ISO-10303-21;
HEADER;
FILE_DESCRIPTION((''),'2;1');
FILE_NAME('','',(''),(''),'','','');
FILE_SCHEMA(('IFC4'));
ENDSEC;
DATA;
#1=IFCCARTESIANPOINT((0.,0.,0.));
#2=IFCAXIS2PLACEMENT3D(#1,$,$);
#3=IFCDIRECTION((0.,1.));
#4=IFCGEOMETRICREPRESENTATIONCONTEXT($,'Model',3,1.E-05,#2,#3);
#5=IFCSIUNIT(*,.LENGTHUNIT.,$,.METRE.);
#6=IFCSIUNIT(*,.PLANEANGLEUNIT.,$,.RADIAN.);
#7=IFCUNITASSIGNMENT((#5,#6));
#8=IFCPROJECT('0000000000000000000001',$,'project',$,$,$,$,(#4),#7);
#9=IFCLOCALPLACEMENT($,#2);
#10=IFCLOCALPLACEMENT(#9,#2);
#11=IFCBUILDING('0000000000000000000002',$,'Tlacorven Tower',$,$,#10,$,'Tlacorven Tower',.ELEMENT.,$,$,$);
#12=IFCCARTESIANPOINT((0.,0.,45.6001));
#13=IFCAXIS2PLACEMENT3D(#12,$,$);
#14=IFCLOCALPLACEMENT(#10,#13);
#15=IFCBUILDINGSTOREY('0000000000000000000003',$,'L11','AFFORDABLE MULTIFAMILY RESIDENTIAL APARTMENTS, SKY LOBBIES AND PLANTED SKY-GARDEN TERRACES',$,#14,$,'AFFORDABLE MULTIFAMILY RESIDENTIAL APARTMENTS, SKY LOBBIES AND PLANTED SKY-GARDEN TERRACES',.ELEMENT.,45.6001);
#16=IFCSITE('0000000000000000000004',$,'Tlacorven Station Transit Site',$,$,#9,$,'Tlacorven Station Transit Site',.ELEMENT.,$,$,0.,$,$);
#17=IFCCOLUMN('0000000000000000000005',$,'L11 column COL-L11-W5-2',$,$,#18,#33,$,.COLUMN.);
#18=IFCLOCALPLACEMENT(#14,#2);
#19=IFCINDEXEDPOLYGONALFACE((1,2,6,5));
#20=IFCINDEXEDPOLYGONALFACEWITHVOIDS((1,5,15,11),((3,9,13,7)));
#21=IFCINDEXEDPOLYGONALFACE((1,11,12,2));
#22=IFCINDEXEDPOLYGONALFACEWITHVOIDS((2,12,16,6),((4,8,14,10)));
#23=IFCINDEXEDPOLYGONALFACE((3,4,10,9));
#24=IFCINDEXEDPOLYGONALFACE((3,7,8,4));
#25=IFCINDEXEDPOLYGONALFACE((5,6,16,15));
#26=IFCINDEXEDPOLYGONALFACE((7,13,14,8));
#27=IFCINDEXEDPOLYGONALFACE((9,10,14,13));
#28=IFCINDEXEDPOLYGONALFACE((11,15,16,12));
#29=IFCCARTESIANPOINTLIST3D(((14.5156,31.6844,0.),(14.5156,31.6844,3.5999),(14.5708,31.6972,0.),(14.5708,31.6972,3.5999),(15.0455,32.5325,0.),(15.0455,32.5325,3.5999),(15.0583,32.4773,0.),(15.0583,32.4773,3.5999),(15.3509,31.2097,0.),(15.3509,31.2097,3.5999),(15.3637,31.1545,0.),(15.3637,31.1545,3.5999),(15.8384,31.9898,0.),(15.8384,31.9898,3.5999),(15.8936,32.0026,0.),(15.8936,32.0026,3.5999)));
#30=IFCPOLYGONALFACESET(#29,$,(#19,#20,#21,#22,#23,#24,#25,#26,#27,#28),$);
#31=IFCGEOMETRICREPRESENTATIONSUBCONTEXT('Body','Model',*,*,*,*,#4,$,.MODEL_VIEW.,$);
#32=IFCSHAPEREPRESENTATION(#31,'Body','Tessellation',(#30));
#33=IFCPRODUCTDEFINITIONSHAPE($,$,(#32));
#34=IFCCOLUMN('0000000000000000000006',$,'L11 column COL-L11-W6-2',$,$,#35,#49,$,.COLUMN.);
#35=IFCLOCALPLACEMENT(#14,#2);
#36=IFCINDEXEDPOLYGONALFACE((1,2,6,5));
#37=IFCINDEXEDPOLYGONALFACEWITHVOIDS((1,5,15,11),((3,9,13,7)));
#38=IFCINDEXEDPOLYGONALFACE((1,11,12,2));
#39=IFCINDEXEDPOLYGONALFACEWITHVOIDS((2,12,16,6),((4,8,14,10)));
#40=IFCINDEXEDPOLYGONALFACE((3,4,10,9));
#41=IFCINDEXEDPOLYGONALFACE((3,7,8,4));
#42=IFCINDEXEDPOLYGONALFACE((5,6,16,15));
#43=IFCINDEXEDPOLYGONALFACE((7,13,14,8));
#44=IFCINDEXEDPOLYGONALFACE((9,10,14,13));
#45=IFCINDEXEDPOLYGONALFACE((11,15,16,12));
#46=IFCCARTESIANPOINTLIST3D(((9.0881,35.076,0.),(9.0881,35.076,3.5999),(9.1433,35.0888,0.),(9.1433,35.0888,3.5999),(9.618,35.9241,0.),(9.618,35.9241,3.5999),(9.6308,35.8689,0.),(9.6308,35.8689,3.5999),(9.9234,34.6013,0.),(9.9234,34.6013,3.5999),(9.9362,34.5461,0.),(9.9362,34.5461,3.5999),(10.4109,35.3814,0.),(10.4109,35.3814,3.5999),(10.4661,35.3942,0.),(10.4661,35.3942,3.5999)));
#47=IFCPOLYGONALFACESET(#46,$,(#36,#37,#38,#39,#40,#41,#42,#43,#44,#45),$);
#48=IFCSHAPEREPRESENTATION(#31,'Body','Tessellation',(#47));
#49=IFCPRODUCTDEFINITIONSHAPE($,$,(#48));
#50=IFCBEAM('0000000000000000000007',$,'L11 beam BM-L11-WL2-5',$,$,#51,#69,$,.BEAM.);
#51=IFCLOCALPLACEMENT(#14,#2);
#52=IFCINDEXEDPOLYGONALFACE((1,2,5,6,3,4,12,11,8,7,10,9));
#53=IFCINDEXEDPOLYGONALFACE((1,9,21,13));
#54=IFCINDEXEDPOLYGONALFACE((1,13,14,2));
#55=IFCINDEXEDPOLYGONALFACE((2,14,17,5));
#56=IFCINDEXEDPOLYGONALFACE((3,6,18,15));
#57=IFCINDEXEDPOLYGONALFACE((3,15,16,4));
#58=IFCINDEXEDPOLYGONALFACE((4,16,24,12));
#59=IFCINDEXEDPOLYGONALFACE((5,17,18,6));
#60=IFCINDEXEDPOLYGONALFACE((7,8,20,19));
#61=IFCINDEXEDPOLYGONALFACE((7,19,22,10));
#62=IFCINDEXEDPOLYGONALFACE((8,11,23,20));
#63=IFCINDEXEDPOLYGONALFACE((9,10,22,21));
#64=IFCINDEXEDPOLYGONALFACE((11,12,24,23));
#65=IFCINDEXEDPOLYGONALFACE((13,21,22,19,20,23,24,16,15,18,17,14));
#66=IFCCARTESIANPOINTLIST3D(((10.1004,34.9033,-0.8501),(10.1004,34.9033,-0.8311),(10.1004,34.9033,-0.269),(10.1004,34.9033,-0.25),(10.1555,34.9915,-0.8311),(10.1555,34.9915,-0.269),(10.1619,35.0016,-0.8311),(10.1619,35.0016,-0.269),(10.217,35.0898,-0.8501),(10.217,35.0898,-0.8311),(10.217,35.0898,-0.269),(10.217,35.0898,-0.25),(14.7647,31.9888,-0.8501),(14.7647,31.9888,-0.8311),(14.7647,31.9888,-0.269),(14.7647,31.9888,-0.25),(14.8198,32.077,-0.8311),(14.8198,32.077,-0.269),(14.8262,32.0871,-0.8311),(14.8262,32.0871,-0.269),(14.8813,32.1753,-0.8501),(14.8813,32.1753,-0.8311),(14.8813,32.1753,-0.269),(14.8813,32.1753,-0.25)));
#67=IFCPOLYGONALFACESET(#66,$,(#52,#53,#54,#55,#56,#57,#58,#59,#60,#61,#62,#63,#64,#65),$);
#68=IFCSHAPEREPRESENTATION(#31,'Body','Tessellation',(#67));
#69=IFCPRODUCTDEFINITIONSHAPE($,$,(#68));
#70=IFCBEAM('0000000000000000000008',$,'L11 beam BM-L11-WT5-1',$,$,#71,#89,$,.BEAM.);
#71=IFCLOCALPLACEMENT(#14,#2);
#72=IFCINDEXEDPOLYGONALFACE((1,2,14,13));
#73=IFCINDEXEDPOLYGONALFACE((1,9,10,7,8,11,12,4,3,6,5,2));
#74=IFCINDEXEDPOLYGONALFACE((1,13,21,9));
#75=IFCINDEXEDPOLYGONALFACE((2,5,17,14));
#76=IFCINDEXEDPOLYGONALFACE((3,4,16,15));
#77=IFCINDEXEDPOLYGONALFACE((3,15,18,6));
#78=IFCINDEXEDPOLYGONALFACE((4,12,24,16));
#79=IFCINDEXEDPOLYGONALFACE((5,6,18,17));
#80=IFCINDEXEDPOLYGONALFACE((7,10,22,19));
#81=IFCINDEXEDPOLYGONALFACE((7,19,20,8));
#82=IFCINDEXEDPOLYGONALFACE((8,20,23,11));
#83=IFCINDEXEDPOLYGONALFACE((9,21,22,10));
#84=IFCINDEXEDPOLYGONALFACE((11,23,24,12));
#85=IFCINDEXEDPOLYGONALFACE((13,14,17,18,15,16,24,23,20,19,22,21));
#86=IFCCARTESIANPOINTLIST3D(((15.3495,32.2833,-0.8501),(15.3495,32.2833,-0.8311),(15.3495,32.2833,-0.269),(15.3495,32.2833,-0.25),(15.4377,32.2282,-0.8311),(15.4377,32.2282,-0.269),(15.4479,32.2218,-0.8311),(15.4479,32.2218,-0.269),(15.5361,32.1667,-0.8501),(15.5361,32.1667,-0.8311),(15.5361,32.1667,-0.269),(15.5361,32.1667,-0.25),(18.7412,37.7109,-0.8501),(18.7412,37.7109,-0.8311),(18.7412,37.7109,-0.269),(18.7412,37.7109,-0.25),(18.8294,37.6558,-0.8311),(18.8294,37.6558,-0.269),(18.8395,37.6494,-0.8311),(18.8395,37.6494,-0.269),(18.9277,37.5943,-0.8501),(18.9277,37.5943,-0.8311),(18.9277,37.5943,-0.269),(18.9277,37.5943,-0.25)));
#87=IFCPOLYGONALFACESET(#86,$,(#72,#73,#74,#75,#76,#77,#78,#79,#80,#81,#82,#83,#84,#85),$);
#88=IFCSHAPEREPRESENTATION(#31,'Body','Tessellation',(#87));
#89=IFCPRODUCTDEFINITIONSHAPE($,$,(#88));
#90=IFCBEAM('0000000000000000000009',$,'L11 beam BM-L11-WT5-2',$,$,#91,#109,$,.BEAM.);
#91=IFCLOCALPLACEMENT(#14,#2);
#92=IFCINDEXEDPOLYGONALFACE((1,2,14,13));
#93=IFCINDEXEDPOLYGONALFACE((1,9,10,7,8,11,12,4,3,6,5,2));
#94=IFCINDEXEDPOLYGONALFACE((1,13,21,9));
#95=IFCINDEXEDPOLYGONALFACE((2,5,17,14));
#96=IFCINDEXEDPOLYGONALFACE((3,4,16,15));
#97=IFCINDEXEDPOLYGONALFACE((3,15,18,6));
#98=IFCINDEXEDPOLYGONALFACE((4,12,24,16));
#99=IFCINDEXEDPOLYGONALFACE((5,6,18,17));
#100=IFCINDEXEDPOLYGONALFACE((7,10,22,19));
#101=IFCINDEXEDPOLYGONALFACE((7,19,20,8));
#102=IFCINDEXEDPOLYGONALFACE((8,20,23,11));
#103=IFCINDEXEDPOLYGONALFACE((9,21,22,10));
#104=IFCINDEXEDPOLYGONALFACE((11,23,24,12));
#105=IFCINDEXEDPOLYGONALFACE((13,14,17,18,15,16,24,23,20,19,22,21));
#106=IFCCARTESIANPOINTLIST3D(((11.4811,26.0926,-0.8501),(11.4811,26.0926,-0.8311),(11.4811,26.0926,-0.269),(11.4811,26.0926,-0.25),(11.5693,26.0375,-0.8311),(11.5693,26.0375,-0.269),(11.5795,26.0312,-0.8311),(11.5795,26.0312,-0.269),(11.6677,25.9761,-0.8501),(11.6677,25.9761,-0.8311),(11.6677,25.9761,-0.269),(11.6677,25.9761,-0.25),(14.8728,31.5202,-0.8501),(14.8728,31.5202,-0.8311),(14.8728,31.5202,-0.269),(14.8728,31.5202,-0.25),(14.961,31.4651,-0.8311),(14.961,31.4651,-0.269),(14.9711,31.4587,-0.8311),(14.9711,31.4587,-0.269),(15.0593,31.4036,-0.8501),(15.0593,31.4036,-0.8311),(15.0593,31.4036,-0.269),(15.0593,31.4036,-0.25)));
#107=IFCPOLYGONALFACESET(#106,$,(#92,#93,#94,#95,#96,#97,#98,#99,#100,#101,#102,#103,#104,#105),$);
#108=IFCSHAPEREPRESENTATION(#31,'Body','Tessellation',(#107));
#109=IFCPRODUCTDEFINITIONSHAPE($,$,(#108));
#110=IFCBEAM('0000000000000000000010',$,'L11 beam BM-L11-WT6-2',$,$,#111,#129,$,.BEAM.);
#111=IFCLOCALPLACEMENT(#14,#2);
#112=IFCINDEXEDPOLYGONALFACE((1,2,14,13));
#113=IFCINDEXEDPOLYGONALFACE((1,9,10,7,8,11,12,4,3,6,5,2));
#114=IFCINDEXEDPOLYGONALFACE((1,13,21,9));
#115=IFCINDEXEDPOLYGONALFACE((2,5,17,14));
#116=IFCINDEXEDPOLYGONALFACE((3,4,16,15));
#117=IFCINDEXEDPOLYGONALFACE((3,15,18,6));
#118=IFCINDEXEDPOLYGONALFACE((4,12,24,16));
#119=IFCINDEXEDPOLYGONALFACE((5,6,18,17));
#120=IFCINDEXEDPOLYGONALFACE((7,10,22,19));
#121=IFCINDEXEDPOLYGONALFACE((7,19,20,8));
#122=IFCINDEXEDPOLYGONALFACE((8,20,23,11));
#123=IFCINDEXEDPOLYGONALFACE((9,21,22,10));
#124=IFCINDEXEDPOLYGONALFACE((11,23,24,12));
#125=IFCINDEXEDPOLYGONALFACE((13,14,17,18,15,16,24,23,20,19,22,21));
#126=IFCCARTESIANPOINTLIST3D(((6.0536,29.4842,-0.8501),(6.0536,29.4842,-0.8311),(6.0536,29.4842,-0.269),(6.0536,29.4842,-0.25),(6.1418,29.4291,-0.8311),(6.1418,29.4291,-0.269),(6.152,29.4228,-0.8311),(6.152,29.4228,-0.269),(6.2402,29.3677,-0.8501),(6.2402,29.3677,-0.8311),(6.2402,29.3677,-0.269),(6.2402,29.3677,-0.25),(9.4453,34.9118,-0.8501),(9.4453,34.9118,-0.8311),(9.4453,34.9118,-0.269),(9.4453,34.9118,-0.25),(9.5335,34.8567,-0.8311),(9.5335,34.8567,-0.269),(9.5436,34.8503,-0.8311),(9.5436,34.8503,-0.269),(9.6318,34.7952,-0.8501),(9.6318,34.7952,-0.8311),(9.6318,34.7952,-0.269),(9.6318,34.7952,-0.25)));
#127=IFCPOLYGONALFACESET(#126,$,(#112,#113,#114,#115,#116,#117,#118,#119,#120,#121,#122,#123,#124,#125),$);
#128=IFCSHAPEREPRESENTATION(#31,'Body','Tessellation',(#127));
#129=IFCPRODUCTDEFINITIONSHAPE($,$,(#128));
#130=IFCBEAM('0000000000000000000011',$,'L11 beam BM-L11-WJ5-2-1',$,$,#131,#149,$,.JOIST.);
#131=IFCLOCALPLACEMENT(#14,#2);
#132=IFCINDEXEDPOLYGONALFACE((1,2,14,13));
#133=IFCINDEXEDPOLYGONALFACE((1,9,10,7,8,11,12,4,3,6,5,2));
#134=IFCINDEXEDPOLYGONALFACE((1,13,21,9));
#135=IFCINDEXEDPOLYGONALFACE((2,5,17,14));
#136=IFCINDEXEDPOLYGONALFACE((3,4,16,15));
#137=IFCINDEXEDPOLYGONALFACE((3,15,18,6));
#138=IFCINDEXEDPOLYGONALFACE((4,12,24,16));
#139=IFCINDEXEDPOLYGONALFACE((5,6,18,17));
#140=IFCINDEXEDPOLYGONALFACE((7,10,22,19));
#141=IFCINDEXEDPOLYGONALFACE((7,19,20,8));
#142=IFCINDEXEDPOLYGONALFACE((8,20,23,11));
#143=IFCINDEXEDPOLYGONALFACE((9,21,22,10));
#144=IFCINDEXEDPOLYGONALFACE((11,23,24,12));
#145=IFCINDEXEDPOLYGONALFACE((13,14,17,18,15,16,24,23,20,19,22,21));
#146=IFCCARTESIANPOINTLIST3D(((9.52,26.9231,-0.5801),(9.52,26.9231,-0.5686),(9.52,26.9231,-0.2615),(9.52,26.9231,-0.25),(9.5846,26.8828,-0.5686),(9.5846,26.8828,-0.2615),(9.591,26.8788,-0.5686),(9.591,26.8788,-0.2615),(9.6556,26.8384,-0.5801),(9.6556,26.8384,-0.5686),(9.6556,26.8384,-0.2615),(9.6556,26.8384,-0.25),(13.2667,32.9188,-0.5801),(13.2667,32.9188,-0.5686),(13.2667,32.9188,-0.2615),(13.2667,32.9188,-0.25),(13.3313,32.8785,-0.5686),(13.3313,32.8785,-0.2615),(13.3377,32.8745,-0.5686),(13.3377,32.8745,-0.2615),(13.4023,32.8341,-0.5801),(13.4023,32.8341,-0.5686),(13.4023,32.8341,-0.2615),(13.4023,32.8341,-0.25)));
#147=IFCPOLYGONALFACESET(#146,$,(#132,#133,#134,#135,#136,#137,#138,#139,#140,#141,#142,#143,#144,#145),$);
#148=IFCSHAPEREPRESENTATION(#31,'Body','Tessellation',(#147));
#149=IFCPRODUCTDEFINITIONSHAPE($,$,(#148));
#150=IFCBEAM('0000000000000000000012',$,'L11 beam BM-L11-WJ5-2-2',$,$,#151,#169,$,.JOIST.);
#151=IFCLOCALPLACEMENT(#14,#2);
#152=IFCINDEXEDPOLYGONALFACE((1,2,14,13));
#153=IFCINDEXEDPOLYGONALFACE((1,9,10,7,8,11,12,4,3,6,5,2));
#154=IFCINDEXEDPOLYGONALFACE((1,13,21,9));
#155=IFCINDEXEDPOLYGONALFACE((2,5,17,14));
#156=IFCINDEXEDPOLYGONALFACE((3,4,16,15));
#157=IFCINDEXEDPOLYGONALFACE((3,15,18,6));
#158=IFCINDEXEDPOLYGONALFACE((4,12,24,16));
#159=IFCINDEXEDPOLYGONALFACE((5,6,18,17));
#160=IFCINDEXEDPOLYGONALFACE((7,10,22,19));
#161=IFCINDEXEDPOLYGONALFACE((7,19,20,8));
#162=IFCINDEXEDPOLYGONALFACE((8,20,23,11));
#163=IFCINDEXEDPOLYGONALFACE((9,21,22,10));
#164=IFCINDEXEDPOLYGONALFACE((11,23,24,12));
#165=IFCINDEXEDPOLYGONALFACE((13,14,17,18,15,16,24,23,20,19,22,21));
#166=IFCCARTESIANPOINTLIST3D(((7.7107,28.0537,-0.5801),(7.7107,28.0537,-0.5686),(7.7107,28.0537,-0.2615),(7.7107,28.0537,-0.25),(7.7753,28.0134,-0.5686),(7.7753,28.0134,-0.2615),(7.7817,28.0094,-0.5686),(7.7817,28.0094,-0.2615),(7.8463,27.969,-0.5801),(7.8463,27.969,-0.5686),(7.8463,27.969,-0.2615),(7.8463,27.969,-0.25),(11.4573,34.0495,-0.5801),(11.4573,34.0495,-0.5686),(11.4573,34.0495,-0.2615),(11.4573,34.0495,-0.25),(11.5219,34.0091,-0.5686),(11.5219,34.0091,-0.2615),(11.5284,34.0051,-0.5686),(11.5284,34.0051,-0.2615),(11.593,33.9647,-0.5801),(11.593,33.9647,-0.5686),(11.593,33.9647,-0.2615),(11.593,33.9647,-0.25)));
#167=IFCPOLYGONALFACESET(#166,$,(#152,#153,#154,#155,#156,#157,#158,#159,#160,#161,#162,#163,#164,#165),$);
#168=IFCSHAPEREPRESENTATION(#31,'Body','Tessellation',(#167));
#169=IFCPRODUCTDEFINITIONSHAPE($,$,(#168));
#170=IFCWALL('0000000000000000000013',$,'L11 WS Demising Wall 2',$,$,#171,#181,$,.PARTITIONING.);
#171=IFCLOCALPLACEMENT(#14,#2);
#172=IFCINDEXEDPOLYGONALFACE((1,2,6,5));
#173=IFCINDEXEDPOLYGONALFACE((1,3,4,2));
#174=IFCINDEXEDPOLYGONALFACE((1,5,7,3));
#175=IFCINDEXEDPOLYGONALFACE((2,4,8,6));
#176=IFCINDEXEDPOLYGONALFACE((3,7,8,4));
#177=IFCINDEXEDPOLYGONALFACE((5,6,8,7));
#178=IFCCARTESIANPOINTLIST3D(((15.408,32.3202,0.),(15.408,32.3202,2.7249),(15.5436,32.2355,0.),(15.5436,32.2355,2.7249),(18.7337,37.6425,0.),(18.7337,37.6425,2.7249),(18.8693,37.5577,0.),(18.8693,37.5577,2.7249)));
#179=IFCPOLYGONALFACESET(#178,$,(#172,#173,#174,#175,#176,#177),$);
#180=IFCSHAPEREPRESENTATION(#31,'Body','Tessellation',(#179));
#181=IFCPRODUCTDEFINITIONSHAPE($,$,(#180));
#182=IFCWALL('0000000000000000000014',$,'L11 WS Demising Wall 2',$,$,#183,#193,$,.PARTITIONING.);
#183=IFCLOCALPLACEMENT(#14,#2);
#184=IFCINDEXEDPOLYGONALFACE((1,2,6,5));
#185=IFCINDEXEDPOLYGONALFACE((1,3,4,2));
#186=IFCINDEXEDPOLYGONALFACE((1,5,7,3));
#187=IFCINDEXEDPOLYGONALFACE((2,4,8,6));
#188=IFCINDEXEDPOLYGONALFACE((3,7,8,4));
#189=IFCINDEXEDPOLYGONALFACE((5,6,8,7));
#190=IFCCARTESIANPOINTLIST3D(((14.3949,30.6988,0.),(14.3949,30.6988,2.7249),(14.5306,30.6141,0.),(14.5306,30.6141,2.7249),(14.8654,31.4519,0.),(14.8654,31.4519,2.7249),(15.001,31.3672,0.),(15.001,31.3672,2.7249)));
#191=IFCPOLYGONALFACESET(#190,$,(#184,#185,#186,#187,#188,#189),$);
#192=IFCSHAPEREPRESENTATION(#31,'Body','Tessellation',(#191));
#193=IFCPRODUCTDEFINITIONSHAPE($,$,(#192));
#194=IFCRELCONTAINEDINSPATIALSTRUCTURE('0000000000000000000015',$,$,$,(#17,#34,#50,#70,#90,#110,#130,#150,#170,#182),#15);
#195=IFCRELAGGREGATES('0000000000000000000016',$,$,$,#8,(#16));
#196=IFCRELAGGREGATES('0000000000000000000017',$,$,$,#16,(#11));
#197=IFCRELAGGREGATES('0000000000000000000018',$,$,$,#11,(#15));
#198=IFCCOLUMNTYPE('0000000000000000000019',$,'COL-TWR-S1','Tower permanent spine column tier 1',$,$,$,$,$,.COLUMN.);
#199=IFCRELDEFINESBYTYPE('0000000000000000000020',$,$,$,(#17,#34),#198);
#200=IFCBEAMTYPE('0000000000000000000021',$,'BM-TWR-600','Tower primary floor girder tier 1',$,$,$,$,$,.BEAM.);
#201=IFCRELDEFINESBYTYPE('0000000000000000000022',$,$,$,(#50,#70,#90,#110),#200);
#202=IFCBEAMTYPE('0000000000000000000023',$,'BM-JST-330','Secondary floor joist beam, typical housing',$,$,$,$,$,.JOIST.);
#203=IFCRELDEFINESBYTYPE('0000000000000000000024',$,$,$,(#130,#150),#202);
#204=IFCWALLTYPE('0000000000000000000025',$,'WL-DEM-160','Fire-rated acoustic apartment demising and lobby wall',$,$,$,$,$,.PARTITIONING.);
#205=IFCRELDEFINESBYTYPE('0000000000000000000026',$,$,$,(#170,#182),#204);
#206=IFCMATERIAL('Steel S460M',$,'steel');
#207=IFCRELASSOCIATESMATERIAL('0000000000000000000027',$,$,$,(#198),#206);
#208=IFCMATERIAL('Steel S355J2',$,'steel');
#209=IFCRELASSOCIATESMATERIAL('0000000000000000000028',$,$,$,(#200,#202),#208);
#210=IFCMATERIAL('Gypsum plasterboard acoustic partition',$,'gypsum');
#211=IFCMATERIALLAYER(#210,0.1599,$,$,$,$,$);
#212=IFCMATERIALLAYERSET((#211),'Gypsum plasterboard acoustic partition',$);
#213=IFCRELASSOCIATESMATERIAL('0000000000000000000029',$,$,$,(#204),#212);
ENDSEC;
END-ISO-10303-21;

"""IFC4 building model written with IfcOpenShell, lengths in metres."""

from ifc_helpers import new_model, si_unit, direction, frame, frame_2d, origin, origin_2d, place, context, subcontext, project, spatial, rectangle, hollow_rectangle, i_section, extrude, source, transform, mapped, material, layer, layer_set, material_profile, profile_set, type_object, element, save


model = new_model("IFC4")

# Units and contexts
model_context = context("Model", 3, precision=1e-05, world=origin(), true_north=direction((0.0, 1.0)))
body_context = subcontext(model_context, "Body", "Model", "MODEL_VIEW")
ifc_project = project(units=[si_unit("LENGTHUNIT", "METRE"), si_unit("PLANEANGLEUNIT", "RADIAN")], contexts=[model_context])

# Site, building, storey
site_placement = place(None, origin())
site = spatial("IfcSite", under=ifc_project, at=site_placement, Name="Tlacorven Station Transit Site", LongName="Tlacorven Station Transit Site", CompositionType="ELEMENT", RefElevation=0.0)
building_placement = place(site_placement, origin())
building = spatial("IfcBuilding", under=site, at=building_placement, Name="Tlacorven Tower", LongName="Tlacorven Tower", CompositionType="ELEMENT")
storey_placement = place(building_placement, frame((0.0, 0.0, 45.6001)))
storey = spatial("IfcBuildingStorey", under=building, at=storey_placement, Name="L11", Description="AFFORDABLE MULTIFAMILY RESIDENTIAL APARTMENTS, SKY LOBBIES AND PLANTED SKY-GARDEN TERRACES", LongName="AFFORDABLE MULTIFAMILY RESIDENTIAL APARTMENTS, SKY LOBBIES AND PLANTED SKY-GARDEN TERRACES", CompositionType="ELEMENT", Elevation=45.6001)

# Columns
ifc_material_1 = material(Name="Steel S460M", Category="steel")
ifc_material_profile_1 = material_profile(ifc_material_1, hollow_rectangle(XDim=1.0, YDim=1.0, WallThickness=0.04, at=origin_2d()), Name="BOX 1000X1000X40")
ifc_profile_set_1 = profile_set([ifc_material_profile_1], Name="Steel S460M")
column_type = type_object("IfcColumnType", Name="COL-TWR-S1", Description="Tower permanent spine column tier 1", PredefinedType="COLUMN", material=ifc_profile_set_1)
shared_shape_1 = source(origin(), body_context, "Body", "SweptSolid", [
    extrude(hollow_rectangle(XDim=1.0, YDim=1.0, WallThickness=0.04, at=origin_2d()), origin(), (0.0, 0.0, 1.0), 3.5999),
])
for number, where, z_axis, x_axis, name in (
    (1, (15.2046, 31.8435, 0.0), (0.0, 0.0, 1.0), (-0.848048, 0.529919, 0.0), "L11 column COL-L11-W5-2"),
    (2, (9.7771, 35.2351, 0.0), (0.0, 0.0, 1.0), (-0.848048, 0.529919, 0.0), "L11 column COL-L11-W6-2"),
):
    element("IfcColumn", number, at=place(storey_placement, frame(where, z_axis=z_axis, x_axis=x_axis)), inside=storey, type_object=column_type, Name=name, PredefinedType="COLUMN", context=body_context, shape_type="MappedRepresentation", body=[
        mapped(shared_shape_1, transform((0.0, 0.0, 0.0), scale=1.0)),
    ])

# Beams
ifc_material_2 = material(Name="Steel S355J2", Category="steel")
ifc_material_profile_2 = material_profile(ifc_material_2, i_section(OverallWidth=0.22, OverallDepth=0.6001, WebThickness=0.012, FlangeThickness=0.019, at=origin_2d()), Name="IPE 600")
ifc_profile_set_2 = profile_set([ifc_material_profile_2], Name="Steel S355J2")
beam_type_1 = type_object("IfcBeamType", Name="BM-TWR-600", Description="Tower primary floor girder tier 1", PredefinedType="BEAM", material=ifc_profile_set_2)
shared_shape_2 = source(origin(), body_context, "Body", "SweptSolid", [
    extrude(i_section(OverallWidth=0.22, OverallDepth=0.6001, WebThickness=0.012, FlangeThickness=0.019, at=origin_2d()), origin(), (0.0, 0.0, 1.0), 5.5),
])
beam_placement = place(storey_placement, frame((14.823, 32.082, -0.55), z_axis=(-0.848051, 0.529915, 0.0), x_axis=(-0.529915, -0.848051, 0.0)))
element("IfcBeam", 3, at=beam_placement, inside=storey, type_object=beam_type_1, Name="L11 beam BM-L11-WL2-5", PredefinedType="BEAM", context=body_context, shape_type="MappedRepresentation", body=[
    mapped(shared_shape_2, transform((0.0, 0.0, 0.0), scale=1.0)),
])
shared_shape_3 = source(origin(), body_context, "Body", "SweptSolid", [
    extrude(i_section(OverallWidth=0.22, OverallDepth=0.6001, WebThickness=0.012, FlangeThickness=0.019, at=origin_2d()), origin(), (0.0, 0.0, 1.0), 6.4001),
])
for number, where, z_axis, x_axis, name in (
    (4, (18.8345, 37.6526, -0.55), (-0.529934, -0.848039, 0.0), (0.848039, -0.529934, 0.0), "L11 beam BM-L11-WT5-1"),
    (5, (14.9661, 31.4619, -0.55), (-0.529934, -0.848039, 0.0), (0.848039, -0.529934, 0.0), "L11 beam BM-L11-WT5-2"),
    (6, (9.5386, 34.8535, -0.55), (-0.529934, -0.848039, 0.0), (0.848039, -0.529934, 0.0), "L11 beam BM-L11-WT6-2"),
):
    element("IfcBeam", number, at=place(storey_placement, frame(where, z_axis=z_axis, x_axis=x_axis)), inside=storey, type_object=beam_type_1, Name=name, PredefinedType="BEAM", context=body_context, shape_type="MappedRepresentation", body=[
        mapped(shared_shape_3, transform((0.0, 0.0, 0.0), scale=1.0)),
    ])
ifc_material_profile_3 = material_profile(ifc_material_2, i_section(OverallWidth=0.1599, OverallDepth=0.3301, WebThickness=0.0076, FlangeThickness=0.0115, at=origin_2d()), Name="IPE 330")
ifc_profile_set_3 = profile_set([ifc_material_profile_3], Name="Steel S355J2")
beam_type_2 = type_object("IfcBeamType", Name="BM-JST-330", Description="Secondary floor joist beam, typical housing", PredefinedType="JOIST", material=ifc_profile_set_3)
shared_shape_4 = source(origin(), body_context, "Body", "SweptSolid", [
    extrude(i_section(OverallWidth=0.1599, OverallDepth=0.3301, WebThickness=0.0076, FlangeThickness=0.0115, at=origin_2d()), origin(), (0.0, 0.0, 1.0), 7.0701),
])
for number, where, z_axis, x_axis, name in (
    (7, (13.3345, 32.8765, -0.415), (-0.529931, -0.848041, 0.0), (0.848041, -0.529931, 0.0), "L11 beam BM-L11-WJ5-2-1"),
    (8, (11.5251, 34.0071, -0.415), (-0.529931, -0.848041, 0.0), (0.848041, -0.529931, 0.0), "L11 beam BM-L11-WJ5-2-2"),
):
    element("IfcBeam", number, at=place(storey_placement, frame(where, z_axis=z_axis, x_axis=x_axis)), inside=storey, type_object=beam_type_2, Name=name, PredefinedType="JOIST", context=body_context, shape_type="MappedRepresentation", body=[
        mapped(shared_shape_4, transform((0.0, 0.0, 0.0), scale=1.0)),
    ])

# Walls
ifc_material_3 = material(Name="Gypsum plasterboard acoustic partition", Category="gypsum")
ifc_layer_1 = layer(ifc_material_3, 0.1599)
ifc_layer_set_1 = layer_set([ifc_layer_1], Name="Gypsum plasterboard acoustic partition")
wall_type_1 = type_object("IfcWallType", Name="WL-DEM-160", Description="Fire-rated acoustic apartment demising and lobby wall", PredefinedType="PARTITIONING", material=ifc_layer_set_1)
wall_1_placement = place(storey_placement, frame((18.8015, 37.6001, 0.0), z_axis=(0.0, 0.0, 1.0), x_axis=(-0.529915, -0.848051, 0.0)))
element("IfcWall", 9, at=wall_1_placement, inside=storey, type_object=wall_type_1, Name="L11 WS Demising Wall 2", PredefinedType="PARTITIONING", context=body_context, shape_type="SweptSolid", body=[
    extrude(rectangle(XDim=6.2759, YDim=0.1599, at=frame_2d((3.1379, 0.0))), origin(), (0.0, 0.0, 1.0), 2.7249),
])
wall_2_placement = place(storey_placement, frame((14.9331, 31.4094, 0.0), z_axis=(0.0, 0.0, 1.0), x_axis=(-0.529777, -0.848137, 0.0)))
element("IfcWall", 10, at=wall_2_placement, inside=storey, type_object=wall_type_1, Name="L11 WS Demising Wall 2", PredefinedType="PARTITIONING", context=body_context, shape_type="SweptSolid", body=[
    extrude(rectangle(XDim=0.8879, YDim=0.1599, at=frame_2d((0.4438, 0.0))), origin(), (0.0, 0.0, 1.0), 2.7249),
])

save(model, "model.ifc")
